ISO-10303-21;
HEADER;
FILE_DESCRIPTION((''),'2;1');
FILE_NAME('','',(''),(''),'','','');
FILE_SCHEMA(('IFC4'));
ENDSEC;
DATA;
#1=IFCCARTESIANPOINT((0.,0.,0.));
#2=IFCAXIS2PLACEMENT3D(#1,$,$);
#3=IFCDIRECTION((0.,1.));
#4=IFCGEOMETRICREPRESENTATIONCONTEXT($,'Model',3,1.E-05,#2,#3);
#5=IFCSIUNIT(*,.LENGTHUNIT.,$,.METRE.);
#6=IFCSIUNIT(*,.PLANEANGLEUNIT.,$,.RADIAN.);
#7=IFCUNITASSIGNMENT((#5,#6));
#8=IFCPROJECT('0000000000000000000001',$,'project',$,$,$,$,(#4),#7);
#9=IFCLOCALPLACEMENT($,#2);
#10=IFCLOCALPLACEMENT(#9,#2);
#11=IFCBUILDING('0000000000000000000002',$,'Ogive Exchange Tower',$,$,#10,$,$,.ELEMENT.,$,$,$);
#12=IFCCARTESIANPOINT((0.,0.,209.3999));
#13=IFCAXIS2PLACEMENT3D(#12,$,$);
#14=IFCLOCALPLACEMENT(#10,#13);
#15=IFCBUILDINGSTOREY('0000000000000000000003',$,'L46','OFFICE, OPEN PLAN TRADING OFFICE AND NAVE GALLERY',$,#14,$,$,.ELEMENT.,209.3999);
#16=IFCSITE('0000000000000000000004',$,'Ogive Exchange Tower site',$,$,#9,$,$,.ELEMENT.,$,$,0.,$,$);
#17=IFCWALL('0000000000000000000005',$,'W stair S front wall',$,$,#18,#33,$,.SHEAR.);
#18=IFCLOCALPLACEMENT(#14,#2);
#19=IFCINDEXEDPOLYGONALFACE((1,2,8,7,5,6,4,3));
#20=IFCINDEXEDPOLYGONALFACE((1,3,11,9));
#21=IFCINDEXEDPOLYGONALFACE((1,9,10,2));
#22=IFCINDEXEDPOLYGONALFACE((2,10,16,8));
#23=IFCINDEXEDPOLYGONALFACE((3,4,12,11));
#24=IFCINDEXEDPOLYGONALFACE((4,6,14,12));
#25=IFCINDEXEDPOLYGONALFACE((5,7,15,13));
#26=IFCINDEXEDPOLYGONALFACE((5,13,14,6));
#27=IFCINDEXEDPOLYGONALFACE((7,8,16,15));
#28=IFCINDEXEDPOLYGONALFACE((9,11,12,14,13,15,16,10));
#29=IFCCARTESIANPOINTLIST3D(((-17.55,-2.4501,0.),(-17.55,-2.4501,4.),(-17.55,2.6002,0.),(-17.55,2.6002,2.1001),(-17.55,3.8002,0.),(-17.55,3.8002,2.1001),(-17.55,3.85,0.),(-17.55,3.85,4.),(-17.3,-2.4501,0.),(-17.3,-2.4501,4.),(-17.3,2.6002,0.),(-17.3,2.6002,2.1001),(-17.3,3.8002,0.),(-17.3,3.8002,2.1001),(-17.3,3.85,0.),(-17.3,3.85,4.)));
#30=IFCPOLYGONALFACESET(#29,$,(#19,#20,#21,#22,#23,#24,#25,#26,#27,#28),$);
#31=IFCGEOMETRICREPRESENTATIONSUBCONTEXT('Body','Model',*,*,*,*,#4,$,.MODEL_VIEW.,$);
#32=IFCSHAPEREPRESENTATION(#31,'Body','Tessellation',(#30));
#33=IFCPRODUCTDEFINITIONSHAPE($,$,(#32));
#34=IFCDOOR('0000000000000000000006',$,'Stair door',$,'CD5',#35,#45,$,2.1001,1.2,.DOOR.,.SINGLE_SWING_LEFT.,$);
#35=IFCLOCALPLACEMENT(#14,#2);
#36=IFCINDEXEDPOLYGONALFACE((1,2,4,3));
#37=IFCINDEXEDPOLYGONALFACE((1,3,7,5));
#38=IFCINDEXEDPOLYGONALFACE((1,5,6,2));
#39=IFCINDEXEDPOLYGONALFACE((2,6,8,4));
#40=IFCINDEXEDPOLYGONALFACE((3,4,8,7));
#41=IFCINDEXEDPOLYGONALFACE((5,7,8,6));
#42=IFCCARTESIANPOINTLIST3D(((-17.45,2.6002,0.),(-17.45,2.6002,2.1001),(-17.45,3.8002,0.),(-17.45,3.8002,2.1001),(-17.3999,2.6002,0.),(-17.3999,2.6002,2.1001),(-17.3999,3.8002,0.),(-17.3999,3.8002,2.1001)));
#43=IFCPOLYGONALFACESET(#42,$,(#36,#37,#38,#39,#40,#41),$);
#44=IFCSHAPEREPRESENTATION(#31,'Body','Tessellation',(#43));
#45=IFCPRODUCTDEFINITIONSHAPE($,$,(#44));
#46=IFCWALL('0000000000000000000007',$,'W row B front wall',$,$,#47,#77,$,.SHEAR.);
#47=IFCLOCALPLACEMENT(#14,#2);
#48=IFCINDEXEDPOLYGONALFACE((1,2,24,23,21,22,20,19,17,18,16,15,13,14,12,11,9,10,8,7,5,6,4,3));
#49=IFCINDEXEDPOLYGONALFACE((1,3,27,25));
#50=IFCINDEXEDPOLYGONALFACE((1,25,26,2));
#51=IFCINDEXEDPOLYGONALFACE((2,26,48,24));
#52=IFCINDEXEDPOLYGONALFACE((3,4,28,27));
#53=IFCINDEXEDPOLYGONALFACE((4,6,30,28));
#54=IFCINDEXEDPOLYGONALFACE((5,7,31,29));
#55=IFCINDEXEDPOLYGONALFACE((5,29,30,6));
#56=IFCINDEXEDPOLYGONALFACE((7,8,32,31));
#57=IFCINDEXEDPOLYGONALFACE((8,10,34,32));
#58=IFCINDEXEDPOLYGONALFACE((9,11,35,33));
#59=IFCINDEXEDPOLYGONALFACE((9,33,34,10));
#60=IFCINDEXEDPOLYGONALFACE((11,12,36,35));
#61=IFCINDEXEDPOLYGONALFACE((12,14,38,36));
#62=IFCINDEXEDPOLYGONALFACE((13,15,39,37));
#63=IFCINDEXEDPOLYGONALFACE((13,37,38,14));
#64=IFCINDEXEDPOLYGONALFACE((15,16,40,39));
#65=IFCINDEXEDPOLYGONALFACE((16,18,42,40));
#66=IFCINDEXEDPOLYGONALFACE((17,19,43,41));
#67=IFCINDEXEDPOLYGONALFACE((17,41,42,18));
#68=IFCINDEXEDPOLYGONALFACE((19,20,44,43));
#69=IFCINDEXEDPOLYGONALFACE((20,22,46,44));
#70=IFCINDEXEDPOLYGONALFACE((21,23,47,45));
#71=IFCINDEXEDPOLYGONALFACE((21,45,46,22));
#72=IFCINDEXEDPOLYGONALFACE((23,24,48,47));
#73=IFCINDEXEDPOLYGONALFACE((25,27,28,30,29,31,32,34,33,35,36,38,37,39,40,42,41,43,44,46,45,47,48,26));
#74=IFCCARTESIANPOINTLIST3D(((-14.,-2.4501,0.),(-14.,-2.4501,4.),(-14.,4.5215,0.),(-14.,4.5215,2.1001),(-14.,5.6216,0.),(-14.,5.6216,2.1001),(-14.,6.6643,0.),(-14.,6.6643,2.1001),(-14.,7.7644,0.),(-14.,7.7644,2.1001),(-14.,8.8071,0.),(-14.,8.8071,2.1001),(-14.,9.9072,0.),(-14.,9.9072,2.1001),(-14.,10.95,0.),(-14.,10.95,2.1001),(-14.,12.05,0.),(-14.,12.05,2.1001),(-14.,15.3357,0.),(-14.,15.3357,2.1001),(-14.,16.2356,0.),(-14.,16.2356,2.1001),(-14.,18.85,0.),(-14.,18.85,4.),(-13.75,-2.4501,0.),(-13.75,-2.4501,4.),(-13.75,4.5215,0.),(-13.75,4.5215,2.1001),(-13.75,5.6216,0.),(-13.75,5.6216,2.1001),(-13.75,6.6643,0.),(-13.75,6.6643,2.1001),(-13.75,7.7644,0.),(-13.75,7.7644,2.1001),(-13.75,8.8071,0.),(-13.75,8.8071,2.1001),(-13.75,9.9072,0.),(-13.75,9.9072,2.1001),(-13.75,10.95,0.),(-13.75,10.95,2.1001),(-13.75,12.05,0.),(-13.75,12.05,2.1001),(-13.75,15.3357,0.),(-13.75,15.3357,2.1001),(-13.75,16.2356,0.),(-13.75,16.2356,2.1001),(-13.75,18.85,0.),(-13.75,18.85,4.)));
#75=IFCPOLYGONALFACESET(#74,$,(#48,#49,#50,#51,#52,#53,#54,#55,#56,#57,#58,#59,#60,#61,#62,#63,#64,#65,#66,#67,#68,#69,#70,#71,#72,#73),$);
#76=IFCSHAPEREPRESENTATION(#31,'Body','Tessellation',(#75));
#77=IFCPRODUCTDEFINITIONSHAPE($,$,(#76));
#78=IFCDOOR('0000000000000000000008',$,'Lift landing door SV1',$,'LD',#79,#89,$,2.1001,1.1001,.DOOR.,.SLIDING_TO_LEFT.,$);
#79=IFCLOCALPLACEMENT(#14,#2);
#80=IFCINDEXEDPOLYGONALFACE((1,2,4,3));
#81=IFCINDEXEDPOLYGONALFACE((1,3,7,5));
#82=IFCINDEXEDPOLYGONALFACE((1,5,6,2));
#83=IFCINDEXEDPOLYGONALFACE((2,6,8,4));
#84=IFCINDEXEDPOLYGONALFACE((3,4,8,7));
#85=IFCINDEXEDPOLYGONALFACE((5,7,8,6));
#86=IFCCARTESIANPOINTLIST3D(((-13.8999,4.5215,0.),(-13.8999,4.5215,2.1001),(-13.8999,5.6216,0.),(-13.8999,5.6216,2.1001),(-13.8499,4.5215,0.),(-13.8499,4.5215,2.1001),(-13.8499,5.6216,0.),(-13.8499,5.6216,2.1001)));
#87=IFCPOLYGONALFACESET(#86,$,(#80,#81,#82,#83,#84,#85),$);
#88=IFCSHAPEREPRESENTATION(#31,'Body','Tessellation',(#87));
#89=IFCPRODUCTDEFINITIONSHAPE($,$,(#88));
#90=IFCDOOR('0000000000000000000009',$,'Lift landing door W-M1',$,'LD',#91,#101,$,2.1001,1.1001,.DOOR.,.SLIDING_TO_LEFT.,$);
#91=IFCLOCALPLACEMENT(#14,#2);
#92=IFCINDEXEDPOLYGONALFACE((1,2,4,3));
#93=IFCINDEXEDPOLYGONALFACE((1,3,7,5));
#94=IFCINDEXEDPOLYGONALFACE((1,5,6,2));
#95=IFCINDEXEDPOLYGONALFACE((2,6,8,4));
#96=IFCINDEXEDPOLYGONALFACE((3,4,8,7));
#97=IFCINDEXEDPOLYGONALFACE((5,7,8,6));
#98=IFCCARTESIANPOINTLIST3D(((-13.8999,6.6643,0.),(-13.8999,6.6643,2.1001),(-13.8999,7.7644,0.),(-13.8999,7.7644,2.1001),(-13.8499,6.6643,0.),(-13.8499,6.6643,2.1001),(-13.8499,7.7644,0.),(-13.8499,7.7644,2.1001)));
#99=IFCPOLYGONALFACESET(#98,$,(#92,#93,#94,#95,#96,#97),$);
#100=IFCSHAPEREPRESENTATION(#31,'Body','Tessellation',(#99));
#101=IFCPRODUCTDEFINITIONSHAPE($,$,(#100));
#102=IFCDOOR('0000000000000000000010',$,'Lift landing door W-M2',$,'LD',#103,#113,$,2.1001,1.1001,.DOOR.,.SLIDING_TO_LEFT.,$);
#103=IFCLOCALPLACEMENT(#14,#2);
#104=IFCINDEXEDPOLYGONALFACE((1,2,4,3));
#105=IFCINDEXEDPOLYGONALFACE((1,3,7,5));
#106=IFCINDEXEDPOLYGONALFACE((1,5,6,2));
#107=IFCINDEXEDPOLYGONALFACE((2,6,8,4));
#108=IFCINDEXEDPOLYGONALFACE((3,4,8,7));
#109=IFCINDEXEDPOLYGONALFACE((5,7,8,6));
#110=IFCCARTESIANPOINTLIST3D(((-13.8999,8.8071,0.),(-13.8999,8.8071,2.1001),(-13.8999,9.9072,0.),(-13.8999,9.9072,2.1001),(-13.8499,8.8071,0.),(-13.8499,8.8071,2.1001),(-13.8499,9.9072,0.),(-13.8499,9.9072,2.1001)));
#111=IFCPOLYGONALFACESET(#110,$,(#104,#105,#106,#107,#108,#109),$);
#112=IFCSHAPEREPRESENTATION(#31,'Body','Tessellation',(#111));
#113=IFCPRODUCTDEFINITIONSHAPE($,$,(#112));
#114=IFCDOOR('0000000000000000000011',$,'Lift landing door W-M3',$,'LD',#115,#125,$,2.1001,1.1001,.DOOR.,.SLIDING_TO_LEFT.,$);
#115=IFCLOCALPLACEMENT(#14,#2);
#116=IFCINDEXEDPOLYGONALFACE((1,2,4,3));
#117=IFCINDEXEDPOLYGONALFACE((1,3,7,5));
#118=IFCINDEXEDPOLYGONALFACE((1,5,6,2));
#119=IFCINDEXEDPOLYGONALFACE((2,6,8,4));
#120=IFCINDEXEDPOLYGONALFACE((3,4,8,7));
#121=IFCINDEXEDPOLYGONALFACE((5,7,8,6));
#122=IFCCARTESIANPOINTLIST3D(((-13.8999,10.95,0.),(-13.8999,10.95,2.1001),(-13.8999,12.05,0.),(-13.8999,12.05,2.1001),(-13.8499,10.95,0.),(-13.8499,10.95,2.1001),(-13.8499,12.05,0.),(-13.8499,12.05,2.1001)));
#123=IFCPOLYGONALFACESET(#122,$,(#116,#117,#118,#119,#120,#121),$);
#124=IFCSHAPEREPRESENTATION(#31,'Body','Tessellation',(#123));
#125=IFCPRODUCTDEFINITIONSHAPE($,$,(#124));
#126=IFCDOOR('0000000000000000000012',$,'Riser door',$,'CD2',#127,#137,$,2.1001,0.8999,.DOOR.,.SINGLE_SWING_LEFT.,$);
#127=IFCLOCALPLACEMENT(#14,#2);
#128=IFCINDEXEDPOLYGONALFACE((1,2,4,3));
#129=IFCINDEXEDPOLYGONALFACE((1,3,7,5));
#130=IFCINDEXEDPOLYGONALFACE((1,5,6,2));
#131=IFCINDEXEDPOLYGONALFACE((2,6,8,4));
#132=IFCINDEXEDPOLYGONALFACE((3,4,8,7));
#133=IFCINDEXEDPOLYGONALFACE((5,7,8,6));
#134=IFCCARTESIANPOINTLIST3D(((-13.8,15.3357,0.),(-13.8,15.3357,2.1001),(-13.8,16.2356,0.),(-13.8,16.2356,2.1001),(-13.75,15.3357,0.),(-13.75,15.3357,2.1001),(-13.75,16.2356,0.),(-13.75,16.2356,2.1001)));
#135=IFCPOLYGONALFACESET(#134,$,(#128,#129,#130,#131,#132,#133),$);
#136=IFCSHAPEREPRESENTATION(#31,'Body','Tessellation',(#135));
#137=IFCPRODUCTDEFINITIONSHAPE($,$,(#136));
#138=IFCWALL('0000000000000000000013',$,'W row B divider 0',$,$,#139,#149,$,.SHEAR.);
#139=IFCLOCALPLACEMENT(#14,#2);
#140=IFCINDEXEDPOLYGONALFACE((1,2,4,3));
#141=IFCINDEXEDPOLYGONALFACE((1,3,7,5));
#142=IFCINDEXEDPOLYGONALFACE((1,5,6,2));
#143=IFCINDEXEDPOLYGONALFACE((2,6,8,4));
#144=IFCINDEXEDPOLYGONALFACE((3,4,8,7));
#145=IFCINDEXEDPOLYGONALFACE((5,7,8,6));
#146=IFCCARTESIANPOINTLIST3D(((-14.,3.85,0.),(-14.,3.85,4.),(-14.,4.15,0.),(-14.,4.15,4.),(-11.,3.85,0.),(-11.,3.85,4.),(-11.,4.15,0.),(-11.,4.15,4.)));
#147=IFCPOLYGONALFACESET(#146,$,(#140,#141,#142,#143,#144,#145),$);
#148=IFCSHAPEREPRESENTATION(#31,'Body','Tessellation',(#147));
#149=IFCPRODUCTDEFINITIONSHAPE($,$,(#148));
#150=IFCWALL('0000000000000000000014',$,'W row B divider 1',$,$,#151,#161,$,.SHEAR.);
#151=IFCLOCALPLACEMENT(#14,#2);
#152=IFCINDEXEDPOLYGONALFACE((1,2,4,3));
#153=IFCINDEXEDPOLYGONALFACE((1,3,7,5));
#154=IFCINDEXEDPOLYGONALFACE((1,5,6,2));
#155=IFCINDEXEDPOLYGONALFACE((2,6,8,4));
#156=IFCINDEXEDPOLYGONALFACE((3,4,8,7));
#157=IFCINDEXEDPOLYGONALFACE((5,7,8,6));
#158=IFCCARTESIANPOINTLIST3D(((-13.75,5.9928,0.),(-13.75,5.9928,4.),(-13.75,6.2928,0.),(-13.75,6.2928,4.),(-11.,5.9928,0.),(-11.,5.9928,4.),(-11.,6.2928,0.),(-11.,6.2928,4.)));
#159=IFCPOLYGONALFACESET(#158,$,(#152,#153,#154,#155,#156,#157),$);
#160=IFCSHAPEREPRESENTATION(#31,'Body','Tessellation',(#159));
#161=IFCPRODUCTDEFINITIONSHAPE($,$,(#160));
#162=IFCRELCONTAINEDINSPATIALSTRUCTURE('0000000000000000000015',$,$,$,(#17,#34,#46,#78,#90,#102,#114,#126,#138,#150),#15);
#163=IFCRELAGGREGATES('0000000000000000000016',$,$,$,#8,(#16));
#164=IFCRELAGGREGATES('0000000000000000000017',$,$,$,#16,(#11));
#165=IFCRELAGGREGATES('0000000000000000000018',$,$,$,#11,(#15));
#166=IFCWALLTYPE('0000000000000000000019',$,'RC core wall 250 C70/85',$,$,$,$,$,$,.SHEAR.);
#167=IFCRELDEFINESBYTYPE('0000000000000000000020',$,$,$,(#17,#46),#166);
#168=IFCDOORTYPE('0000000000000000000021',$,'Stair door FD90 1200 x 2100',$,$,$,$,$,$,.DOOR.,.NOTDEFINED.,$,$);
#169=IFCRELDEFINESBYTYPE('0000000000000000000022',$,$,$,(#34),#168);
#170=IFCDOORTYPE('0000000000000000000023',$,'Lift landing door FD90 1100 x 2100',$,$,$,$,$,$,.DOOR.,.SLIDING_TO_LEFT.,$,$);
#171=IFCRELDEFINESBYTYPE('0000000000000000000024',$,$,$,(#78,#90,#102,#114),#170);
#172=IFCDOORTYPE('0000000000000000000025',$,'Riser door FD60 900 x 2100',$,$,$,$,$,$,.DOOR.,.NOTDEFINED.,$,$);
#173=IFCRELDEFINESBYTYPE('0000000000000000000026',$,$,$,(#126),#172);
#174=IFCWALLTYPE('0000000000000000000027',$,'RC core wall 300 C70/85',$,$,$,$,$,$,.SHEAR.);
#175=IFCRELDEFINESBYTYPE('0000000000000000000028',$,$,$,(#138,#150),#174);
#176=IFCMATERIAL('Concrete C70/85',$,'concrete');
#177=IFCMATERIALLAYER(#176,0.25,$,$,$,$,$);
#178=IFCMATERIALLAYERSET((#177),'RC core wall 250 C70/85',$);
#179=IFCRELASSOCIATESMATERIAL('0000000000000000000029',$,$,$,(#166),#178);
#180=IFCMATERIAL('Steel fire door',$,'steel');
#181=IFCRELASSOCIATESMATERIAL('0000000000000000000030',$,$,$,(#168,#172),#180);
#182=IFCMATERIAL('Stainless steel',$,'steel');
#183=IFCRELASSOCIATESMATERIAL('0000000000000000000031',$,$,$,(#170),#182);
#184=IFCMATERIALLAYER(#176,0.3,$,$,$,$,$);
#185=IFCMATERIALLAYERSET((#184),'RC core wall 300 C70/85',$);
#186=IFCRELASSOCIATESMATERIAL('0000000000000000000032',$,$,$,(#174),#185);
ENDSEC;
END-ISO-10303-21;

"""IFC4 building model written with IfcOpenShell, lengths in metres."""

from ifc_helpers import new_model, si_unit, direction, frame, frame_2d, origin, place, context, subcontext, project, spatial, rectangle, extrude, material, layer, layer_set, type_object, element, fill, save


model = new_model("IFC4")

# Units and contexts
model_context = context("Model", 3, precision=1e-05, world=origin(), true_north=direction((0.0, 1.0)))
body_context = subcontext(model_context, "Body", "Model", "MODEL_VIEW")
ifc_project = project(units=[si_unit("LENGTHUNIT", "METRE"), si_unit("PLANEANGLEUNIT", "RADIAN")], contexts=[model_context])

# Site, building, storey
site_placement = place(None, origin())
site = spatial("IfcSite", under=ifc_project, at=site_placement, Name="Ogive Exchange Tower site", CompositionType="ELEMENT", RefElevation=0.0)
building_placement = place(site_placement, origin())
building = spatial("IfcBuilding", under=site, at=building_placement, Name="Ogive Exchange Tower", CompositionType="ELEMENT")
storey_placement = place(building_placement, frame((0.0, 0.0, 209.3999)))
storey = spatial("IfcBuildingStorey", under=building, at=storey_placement, Name="L46", Description="OFFICE, OPEN PLAN TRADING OFFICE AND NAVE GALLERY", CompositionType="ELEMENT", Elevation=209.3999)

# Shared definitions
ifc_material_1 = material(Name="Concrete C70/85", Category="concrete")

# Wall, opening, door
ifc_layer_1 = layer(ifc_material_1, 0.25)
ifc_layer_set_1 = layer_set([ifc_layer_1], Name="RC core wall 250 C70/85")
wall_type_1 = type_object("IfcWallType", Name="RC core wall 250 C70/85", PredefinedType="SHEAR", material=ifc_layer_set_1)
wall_1_placement = place(storey_placement, frame((-17.425, -2.45, 0.0), z_axis=(0.0, 0.0, 1.0), x_axis=(0.0, 1.0, 0.0)))
wall_1 = element("IfcWall", 1, at=wall_1_placement, inside=storey, type_object=wall_type_1, Name="W stair S front wall", PredefinedType="SHEAR", context=body_context, shape_type="SweptSolid", body=[
    extrude(rectangle(XDim=6.3, YDim=0.25, at=frame_2d((3.1499, 0.0))), origin(), (0.0, 0.0, 1.0), 4.0),
])
opening_1_placement = place(wall_1_placement, frame((5.05, 0.0, 0.0)))
opening_1 = element("IfcOpeningElement", 2, at=opening_1_placement, cuts=wall_1, PredefinedType="OPENING", context=body_context, shape_type="SweptSolid", body=[
    extrude(rectangle(XDim=1.2, YDim=2.1001, at=frame_2d((0.6001, 1.05))), frame((0.0, 0.135, 0.0), z_axis=(0.0, -1.0, 0.0), x_axis=(1.0, 0.0, 0.0)), (0.0, 0.0, 1.0), 0.27),
])
ifc_material_2 = material(Name="Steel fire door", Category="steel")
door_type_1 = type_object("IfcDoorType", Name="Stair door FD90 1200 x 2100", OperationType="NOTDEFINED", PredefinedType="DOOR", material=ifc_material_2)
door_1_placement = place(opening_1_placement, origin())
door_1 = element("IfcDoor", 3, at=door_1_placement, inside=storey, type_object=door_type_1, Name="Stair door", ObjectType="CD5", OperationType="SINGLE_SWING_LEFT", OverallHeight=2.1001, OverallWidth=1.2, PredefinedType="DOOR", context=body_context, shape_type="SweptSolid", body=[
    extrude(rectangle(XDim=1.2, YDim=2.1001, at=frame_2d((0.6001, 1.05))), frame((0.0, 0.0249, 0.0), z_axis=(0.0, -1.0, 0.0), x_axis=(1.0, 0.0, 0.0)), (0.0, 0.0, 1.0), 0.05),
])
fill(opening_1, door_1)

# Wall, openings, doors
wall_2_placement = place(storey_placement, frame((-13.875, -2.45, 0.0), z_axis=(0.0, 0.0, 1.0), x_axis=(0.0, 1.0, 0.0)))
wall_2 = element("IfcWall", 4, at=wall_2_placement, inside=storey, type_object=wall_type_1, Name="W row B front wall", PredefinedType="SHEAR", context=body_context, shape_type="SweptSolid", body=[
    extrude(rectangle(XDim=21.3, YDim=0.25, at=frame_2d((10.6499, 0.0))), origin(), (0.0, 0.0, 1.0), 4.0),
])
opening_2_placement = place(wall_2_placement, frame((17.7856, 0.0, 0.0)))
opening_2 = element("IfcOpeningElement", 5, at=opening_2_placement, cuts=wall_2, PredefinedType="OPENING", context=body_context, shape_type="SweptSolid", body=[
    extrude(rectangle(XDim=0.8999, YDim=2.1001, at=frame_2d((0.45, 1.05))), frame((0.0, 0.135, 0.0), z_axis=(0.0, -1.0, 0.0), x_axis=(1.0, 0.0, 0.0)), (0.0, 0.0, 1.0), 0.27),
])
opening_3_placement = place(wall_2_placement, frame((6.9714, 0.0, 0.0)))
opening_3 = element("IfcOpeningElement", 6, at=opening_3_placement, cuts=wall_2, PredefinedType="OPENING", context=body_context, shape_type="SweptSolid", body=[
    extrude(rectangle(XDim=1.1001, YDim=2.1001, at=frame_2d((0.55, 1.05))), frame((0.0, 0.135, 0.0), z_axis=(0.0, -1.0, 0.0), x_axis=(1.0, 0.0, 0.0)), (0.0, 0.0, 1.0), 0.27),
])
opening_4_placement = place(wall_2_placement, frame((9.1143, 0.0, 0.0)))
opening_4 = element("IfcOpeningElement", 7, at=opening_4_placement, cuts=wall_2, PredefinedType="OPENING", context=body_context, shape_type="SweptSolid", body=[
    extrude(rectangle(XDim=1.1001, YDim=2.1001, at=frame_2d((0.55, 1.05))), frame((0.0, 0.135, 0.0), z_axis=(0.0, -1.0, 0.0), x_axis=(1.0, 0.0, 0.0)), (0.0, 0.0, 1.0), 0.27),
])
opening_5_placement = place(wall_2_placement, frame((11.2571, 0.0, 0.0)))
opening_5 = element("IfcOpeningElement", 8, at=opening_5_placement, cuts=wall_2, PredefinedType="OPENING", context=body_context, shape_type="SweptSolid", body=[
    extrude(rectangle(XDim=1.1001, YDim=2.1001, at=frame_2d((0.55, 1.05))), frame((0.0, 0.135, 0.0), z_axis=(0.0, -1.0, 0.0), x_axis=(1.0, 0.0, 0.0)), (0.0, 0.0, 1.0), 0.27),
])
opening_6_placement = place(wall_2_placement, frame((13.3999, 0.0, 0.0)))
opening_6 = element("IfcOpeningElement", 9, at=opening_6_placement, cuts=wall_2, PredefinedType="OPENING", context=body_context, shape_type="SweptSolid", body=[
    extrude(rectangle(XDim=1.1001, YDim=2.1001, at=frame_2d((0.55, 1.05))), frame((0.0, 0.135, 0.0), z_axis=(0.0, -1.0, 0.0), x_axis=(1.0, 0.0, 0.0)), (0.0, 0.0, 1.0), 0.27),
])
ifc_material_3 = material(Name="Stainless steel", Category="steel")
door_type_2 = type_object("IfcDoorType", Name="Lift landing door FD90 1100 x 2100", OperationType="SLIDING_TO_LEFT", PredefinedType="DOOR", material=ifc_material_3)
door_2_placement = place(opening_3_placement, origin())
door_2 = element("IfcDoor", 10, at=door_2_placement, inside=storey, type_object=door_type_2, Name="Lift landing door SV1", ObjectType="LD", OperationType="SLIDING_TO_LEFT", OverallHeight=2.1001, OverallWidth=1.1001, PredefinedType="DOOR", context=body_context, shape_type="SweptSolid", body=[
    extrude(rectangle(XDim=1.1001, YDim=2.1001, at=frame_2d((0.55, 1.05))), frame((0.0, 0.0249, 0.0), z_axis=(0.0, -1.0, 0.0), x_axis=(1.0, 0.0, 0.0)), (0.0, 0.0, 1.0), 0.05),
])
fill(opening_3, door_2)
door_3_placement = place(opening_4_placement, origin())
door_3 = element("IfcDoor", 11, at=door_3_placement, inside=storey, type_object=door_type_2, Name="Lift landing door W-M1", ObjectType="LD", OperationType="SLIDING_TO_LEFT", OverallHeight=2.1001, OverallWidth=1.1001, PredefinedType="DOOR", context=body_context, shape_type="SweptSolid", body=[
    extrude(rectangle(XDim=1.1001, YDim=2.1001, at=frame_2d((0.55, 1.05))), frame((0.0, 0.0249, 0.0), z_axis=(0.0, -1.0, 0.0), x_axis=(1.0, 0.0, 0.0)), (0.0, 0.0, 1.0), 0.05),
])
fill(opening_4, door_3)
door_4_placement = place(opening_5_placement, origin())
door_4 = element("IfcDoor", 12, at=door_4_placement, inside=storey, type_object=door_type_2, Name="Lift landing door W-M2", ObjectType="LD", OperationType="SLIDING_TO_LEFT", OverallHeight=2.1001, OverallWidth=1.1001, PredefinedType="DOOR", context=body_context, shape_type="SweptSolid", body=[
    extrude(rectangle(XDim=1.1001, YDim=2.1001, at=frame_2d((0.55, 1.05))), frame((0.0, 0.0249, 0.0), z_axis=(0.0, -1.0, 0.0), x_axis=(1.0, 0.0, 0.0)), (0.0, 0.0, 1.0), 0.05),
])
fill(opening_5, door_4)
door_5_placement = place(opening_6_placement, origin())
door_5 = element("IfcDoor", 13, at=door_5_placement, inside=storey, type_object=door_type_2, Name="Lift landing door W-M3", ObjectType="LD", OperationType="SLIDING_TO_LEFT", OverallHeight=2.1001, OverallWidth=1.1001, PredefinedType="DOOR", context=body_context, shape_type="SweptSolid", body=[
    extrude(rectangle(XDim=1.1001, YDim=2.1001, at=frame_2d((0.55, 1.05))), frame((0.0, 0.0249, 0.0), z_axis=(0.0, -1.0, 0.0), x_axis=(1.0, 0.0, 0.0)), (0.0, 0.0, 1.0), 0.05),
])
fill(opening_6, door_5)
door_type_3 = type_object("IfcDoorType", Name="Riser door FD60 900 x 2100", OperationType="NOTDEFINED", PredefinedType="DOOR", material=ifc_material_2)
door_6_placement = place(opening_2_placement, frame((0.8999, -0.2002, 0.0), z_axis=(0.0, 0.0, 1.0), x_axis=(-1.0, 0.0, 0.0)))
door_6 = element("IfcDoor", 14, at=door_6_placement, inside=storey, type_object=door_type_3, Name="Riser door", ObjectType="CD2", OperationType="SINGLE_SWING_LEFT", OverallHeight=2.1001, OverallWidth=0.8999, PredefinedType="DOOR", context=body_context, shape_type="SweptSolid", body=[
    extrude(rectangle(XDim=0.8999, YDim=2.1001, at=frame_2d((0.45, 1.05))), frame((0.0, -0.0752, 0.0), z_axis=(0.0, -1.0, 0.0), x_axis=(1.0, 0.0, 0.0)), (0.0, 0.0, 1.0), 0.05),
])
fill(opening_2, door_6)

# Walls
ifc_layer_2 = layer(ifc_material_1, 0.3)
ifc_layer_set_2 = layer_set([ifc_layer_2], Name="RC core wall 300 C70/85")
wall_type_2 = type_object("IfcWallType", Name="RC core wall 300 C70/85", PredefinedType="SHEAR", material=ifc_layer_set_2)
wall_3_placement = place(storey_placement, frame((-14.0, 4.0, 0.0), z_axis=(0.0, 0.0, 1.0), x_axis=(1.0, 0.0, 0.0)))
element("IfcWall", 15, at=wall_3_placement, inside=storey, type_object=wall_type_2, Name="W row B divider 0", PredefinedType="SHEAR", context=body_context, shape_type="SweptSolid", body=[
    extrude(rectangle(XDim=3.0, YDim=0.3, at=frame_2d((1.5, 0.0))), origin(), (0.0, 0.0, 1.0), 4.0),
])
wall_4_placement = place(storey_placement, frame((-13.75, 6.1428, 0.0), z_axis=(0.0, 0.0, 1.0), x_axis=(1.0, 0.0, 0.0)))
element("IfcWall", 16, at=wall_4_placement, inside=storey, type_object=wall_type_2, Name="W row B divider 1", PredefinedType="SHEAR", context=body_context, shape_type="SweptSolid", body=[
    extrude(rectangle(XDim=2.75, YDim=0.3, at=frame_2d((1.375, 0.0))), origin(), (0.0, 0.0, 1.0), 4.0),
])

save(model, "model.ifc")
